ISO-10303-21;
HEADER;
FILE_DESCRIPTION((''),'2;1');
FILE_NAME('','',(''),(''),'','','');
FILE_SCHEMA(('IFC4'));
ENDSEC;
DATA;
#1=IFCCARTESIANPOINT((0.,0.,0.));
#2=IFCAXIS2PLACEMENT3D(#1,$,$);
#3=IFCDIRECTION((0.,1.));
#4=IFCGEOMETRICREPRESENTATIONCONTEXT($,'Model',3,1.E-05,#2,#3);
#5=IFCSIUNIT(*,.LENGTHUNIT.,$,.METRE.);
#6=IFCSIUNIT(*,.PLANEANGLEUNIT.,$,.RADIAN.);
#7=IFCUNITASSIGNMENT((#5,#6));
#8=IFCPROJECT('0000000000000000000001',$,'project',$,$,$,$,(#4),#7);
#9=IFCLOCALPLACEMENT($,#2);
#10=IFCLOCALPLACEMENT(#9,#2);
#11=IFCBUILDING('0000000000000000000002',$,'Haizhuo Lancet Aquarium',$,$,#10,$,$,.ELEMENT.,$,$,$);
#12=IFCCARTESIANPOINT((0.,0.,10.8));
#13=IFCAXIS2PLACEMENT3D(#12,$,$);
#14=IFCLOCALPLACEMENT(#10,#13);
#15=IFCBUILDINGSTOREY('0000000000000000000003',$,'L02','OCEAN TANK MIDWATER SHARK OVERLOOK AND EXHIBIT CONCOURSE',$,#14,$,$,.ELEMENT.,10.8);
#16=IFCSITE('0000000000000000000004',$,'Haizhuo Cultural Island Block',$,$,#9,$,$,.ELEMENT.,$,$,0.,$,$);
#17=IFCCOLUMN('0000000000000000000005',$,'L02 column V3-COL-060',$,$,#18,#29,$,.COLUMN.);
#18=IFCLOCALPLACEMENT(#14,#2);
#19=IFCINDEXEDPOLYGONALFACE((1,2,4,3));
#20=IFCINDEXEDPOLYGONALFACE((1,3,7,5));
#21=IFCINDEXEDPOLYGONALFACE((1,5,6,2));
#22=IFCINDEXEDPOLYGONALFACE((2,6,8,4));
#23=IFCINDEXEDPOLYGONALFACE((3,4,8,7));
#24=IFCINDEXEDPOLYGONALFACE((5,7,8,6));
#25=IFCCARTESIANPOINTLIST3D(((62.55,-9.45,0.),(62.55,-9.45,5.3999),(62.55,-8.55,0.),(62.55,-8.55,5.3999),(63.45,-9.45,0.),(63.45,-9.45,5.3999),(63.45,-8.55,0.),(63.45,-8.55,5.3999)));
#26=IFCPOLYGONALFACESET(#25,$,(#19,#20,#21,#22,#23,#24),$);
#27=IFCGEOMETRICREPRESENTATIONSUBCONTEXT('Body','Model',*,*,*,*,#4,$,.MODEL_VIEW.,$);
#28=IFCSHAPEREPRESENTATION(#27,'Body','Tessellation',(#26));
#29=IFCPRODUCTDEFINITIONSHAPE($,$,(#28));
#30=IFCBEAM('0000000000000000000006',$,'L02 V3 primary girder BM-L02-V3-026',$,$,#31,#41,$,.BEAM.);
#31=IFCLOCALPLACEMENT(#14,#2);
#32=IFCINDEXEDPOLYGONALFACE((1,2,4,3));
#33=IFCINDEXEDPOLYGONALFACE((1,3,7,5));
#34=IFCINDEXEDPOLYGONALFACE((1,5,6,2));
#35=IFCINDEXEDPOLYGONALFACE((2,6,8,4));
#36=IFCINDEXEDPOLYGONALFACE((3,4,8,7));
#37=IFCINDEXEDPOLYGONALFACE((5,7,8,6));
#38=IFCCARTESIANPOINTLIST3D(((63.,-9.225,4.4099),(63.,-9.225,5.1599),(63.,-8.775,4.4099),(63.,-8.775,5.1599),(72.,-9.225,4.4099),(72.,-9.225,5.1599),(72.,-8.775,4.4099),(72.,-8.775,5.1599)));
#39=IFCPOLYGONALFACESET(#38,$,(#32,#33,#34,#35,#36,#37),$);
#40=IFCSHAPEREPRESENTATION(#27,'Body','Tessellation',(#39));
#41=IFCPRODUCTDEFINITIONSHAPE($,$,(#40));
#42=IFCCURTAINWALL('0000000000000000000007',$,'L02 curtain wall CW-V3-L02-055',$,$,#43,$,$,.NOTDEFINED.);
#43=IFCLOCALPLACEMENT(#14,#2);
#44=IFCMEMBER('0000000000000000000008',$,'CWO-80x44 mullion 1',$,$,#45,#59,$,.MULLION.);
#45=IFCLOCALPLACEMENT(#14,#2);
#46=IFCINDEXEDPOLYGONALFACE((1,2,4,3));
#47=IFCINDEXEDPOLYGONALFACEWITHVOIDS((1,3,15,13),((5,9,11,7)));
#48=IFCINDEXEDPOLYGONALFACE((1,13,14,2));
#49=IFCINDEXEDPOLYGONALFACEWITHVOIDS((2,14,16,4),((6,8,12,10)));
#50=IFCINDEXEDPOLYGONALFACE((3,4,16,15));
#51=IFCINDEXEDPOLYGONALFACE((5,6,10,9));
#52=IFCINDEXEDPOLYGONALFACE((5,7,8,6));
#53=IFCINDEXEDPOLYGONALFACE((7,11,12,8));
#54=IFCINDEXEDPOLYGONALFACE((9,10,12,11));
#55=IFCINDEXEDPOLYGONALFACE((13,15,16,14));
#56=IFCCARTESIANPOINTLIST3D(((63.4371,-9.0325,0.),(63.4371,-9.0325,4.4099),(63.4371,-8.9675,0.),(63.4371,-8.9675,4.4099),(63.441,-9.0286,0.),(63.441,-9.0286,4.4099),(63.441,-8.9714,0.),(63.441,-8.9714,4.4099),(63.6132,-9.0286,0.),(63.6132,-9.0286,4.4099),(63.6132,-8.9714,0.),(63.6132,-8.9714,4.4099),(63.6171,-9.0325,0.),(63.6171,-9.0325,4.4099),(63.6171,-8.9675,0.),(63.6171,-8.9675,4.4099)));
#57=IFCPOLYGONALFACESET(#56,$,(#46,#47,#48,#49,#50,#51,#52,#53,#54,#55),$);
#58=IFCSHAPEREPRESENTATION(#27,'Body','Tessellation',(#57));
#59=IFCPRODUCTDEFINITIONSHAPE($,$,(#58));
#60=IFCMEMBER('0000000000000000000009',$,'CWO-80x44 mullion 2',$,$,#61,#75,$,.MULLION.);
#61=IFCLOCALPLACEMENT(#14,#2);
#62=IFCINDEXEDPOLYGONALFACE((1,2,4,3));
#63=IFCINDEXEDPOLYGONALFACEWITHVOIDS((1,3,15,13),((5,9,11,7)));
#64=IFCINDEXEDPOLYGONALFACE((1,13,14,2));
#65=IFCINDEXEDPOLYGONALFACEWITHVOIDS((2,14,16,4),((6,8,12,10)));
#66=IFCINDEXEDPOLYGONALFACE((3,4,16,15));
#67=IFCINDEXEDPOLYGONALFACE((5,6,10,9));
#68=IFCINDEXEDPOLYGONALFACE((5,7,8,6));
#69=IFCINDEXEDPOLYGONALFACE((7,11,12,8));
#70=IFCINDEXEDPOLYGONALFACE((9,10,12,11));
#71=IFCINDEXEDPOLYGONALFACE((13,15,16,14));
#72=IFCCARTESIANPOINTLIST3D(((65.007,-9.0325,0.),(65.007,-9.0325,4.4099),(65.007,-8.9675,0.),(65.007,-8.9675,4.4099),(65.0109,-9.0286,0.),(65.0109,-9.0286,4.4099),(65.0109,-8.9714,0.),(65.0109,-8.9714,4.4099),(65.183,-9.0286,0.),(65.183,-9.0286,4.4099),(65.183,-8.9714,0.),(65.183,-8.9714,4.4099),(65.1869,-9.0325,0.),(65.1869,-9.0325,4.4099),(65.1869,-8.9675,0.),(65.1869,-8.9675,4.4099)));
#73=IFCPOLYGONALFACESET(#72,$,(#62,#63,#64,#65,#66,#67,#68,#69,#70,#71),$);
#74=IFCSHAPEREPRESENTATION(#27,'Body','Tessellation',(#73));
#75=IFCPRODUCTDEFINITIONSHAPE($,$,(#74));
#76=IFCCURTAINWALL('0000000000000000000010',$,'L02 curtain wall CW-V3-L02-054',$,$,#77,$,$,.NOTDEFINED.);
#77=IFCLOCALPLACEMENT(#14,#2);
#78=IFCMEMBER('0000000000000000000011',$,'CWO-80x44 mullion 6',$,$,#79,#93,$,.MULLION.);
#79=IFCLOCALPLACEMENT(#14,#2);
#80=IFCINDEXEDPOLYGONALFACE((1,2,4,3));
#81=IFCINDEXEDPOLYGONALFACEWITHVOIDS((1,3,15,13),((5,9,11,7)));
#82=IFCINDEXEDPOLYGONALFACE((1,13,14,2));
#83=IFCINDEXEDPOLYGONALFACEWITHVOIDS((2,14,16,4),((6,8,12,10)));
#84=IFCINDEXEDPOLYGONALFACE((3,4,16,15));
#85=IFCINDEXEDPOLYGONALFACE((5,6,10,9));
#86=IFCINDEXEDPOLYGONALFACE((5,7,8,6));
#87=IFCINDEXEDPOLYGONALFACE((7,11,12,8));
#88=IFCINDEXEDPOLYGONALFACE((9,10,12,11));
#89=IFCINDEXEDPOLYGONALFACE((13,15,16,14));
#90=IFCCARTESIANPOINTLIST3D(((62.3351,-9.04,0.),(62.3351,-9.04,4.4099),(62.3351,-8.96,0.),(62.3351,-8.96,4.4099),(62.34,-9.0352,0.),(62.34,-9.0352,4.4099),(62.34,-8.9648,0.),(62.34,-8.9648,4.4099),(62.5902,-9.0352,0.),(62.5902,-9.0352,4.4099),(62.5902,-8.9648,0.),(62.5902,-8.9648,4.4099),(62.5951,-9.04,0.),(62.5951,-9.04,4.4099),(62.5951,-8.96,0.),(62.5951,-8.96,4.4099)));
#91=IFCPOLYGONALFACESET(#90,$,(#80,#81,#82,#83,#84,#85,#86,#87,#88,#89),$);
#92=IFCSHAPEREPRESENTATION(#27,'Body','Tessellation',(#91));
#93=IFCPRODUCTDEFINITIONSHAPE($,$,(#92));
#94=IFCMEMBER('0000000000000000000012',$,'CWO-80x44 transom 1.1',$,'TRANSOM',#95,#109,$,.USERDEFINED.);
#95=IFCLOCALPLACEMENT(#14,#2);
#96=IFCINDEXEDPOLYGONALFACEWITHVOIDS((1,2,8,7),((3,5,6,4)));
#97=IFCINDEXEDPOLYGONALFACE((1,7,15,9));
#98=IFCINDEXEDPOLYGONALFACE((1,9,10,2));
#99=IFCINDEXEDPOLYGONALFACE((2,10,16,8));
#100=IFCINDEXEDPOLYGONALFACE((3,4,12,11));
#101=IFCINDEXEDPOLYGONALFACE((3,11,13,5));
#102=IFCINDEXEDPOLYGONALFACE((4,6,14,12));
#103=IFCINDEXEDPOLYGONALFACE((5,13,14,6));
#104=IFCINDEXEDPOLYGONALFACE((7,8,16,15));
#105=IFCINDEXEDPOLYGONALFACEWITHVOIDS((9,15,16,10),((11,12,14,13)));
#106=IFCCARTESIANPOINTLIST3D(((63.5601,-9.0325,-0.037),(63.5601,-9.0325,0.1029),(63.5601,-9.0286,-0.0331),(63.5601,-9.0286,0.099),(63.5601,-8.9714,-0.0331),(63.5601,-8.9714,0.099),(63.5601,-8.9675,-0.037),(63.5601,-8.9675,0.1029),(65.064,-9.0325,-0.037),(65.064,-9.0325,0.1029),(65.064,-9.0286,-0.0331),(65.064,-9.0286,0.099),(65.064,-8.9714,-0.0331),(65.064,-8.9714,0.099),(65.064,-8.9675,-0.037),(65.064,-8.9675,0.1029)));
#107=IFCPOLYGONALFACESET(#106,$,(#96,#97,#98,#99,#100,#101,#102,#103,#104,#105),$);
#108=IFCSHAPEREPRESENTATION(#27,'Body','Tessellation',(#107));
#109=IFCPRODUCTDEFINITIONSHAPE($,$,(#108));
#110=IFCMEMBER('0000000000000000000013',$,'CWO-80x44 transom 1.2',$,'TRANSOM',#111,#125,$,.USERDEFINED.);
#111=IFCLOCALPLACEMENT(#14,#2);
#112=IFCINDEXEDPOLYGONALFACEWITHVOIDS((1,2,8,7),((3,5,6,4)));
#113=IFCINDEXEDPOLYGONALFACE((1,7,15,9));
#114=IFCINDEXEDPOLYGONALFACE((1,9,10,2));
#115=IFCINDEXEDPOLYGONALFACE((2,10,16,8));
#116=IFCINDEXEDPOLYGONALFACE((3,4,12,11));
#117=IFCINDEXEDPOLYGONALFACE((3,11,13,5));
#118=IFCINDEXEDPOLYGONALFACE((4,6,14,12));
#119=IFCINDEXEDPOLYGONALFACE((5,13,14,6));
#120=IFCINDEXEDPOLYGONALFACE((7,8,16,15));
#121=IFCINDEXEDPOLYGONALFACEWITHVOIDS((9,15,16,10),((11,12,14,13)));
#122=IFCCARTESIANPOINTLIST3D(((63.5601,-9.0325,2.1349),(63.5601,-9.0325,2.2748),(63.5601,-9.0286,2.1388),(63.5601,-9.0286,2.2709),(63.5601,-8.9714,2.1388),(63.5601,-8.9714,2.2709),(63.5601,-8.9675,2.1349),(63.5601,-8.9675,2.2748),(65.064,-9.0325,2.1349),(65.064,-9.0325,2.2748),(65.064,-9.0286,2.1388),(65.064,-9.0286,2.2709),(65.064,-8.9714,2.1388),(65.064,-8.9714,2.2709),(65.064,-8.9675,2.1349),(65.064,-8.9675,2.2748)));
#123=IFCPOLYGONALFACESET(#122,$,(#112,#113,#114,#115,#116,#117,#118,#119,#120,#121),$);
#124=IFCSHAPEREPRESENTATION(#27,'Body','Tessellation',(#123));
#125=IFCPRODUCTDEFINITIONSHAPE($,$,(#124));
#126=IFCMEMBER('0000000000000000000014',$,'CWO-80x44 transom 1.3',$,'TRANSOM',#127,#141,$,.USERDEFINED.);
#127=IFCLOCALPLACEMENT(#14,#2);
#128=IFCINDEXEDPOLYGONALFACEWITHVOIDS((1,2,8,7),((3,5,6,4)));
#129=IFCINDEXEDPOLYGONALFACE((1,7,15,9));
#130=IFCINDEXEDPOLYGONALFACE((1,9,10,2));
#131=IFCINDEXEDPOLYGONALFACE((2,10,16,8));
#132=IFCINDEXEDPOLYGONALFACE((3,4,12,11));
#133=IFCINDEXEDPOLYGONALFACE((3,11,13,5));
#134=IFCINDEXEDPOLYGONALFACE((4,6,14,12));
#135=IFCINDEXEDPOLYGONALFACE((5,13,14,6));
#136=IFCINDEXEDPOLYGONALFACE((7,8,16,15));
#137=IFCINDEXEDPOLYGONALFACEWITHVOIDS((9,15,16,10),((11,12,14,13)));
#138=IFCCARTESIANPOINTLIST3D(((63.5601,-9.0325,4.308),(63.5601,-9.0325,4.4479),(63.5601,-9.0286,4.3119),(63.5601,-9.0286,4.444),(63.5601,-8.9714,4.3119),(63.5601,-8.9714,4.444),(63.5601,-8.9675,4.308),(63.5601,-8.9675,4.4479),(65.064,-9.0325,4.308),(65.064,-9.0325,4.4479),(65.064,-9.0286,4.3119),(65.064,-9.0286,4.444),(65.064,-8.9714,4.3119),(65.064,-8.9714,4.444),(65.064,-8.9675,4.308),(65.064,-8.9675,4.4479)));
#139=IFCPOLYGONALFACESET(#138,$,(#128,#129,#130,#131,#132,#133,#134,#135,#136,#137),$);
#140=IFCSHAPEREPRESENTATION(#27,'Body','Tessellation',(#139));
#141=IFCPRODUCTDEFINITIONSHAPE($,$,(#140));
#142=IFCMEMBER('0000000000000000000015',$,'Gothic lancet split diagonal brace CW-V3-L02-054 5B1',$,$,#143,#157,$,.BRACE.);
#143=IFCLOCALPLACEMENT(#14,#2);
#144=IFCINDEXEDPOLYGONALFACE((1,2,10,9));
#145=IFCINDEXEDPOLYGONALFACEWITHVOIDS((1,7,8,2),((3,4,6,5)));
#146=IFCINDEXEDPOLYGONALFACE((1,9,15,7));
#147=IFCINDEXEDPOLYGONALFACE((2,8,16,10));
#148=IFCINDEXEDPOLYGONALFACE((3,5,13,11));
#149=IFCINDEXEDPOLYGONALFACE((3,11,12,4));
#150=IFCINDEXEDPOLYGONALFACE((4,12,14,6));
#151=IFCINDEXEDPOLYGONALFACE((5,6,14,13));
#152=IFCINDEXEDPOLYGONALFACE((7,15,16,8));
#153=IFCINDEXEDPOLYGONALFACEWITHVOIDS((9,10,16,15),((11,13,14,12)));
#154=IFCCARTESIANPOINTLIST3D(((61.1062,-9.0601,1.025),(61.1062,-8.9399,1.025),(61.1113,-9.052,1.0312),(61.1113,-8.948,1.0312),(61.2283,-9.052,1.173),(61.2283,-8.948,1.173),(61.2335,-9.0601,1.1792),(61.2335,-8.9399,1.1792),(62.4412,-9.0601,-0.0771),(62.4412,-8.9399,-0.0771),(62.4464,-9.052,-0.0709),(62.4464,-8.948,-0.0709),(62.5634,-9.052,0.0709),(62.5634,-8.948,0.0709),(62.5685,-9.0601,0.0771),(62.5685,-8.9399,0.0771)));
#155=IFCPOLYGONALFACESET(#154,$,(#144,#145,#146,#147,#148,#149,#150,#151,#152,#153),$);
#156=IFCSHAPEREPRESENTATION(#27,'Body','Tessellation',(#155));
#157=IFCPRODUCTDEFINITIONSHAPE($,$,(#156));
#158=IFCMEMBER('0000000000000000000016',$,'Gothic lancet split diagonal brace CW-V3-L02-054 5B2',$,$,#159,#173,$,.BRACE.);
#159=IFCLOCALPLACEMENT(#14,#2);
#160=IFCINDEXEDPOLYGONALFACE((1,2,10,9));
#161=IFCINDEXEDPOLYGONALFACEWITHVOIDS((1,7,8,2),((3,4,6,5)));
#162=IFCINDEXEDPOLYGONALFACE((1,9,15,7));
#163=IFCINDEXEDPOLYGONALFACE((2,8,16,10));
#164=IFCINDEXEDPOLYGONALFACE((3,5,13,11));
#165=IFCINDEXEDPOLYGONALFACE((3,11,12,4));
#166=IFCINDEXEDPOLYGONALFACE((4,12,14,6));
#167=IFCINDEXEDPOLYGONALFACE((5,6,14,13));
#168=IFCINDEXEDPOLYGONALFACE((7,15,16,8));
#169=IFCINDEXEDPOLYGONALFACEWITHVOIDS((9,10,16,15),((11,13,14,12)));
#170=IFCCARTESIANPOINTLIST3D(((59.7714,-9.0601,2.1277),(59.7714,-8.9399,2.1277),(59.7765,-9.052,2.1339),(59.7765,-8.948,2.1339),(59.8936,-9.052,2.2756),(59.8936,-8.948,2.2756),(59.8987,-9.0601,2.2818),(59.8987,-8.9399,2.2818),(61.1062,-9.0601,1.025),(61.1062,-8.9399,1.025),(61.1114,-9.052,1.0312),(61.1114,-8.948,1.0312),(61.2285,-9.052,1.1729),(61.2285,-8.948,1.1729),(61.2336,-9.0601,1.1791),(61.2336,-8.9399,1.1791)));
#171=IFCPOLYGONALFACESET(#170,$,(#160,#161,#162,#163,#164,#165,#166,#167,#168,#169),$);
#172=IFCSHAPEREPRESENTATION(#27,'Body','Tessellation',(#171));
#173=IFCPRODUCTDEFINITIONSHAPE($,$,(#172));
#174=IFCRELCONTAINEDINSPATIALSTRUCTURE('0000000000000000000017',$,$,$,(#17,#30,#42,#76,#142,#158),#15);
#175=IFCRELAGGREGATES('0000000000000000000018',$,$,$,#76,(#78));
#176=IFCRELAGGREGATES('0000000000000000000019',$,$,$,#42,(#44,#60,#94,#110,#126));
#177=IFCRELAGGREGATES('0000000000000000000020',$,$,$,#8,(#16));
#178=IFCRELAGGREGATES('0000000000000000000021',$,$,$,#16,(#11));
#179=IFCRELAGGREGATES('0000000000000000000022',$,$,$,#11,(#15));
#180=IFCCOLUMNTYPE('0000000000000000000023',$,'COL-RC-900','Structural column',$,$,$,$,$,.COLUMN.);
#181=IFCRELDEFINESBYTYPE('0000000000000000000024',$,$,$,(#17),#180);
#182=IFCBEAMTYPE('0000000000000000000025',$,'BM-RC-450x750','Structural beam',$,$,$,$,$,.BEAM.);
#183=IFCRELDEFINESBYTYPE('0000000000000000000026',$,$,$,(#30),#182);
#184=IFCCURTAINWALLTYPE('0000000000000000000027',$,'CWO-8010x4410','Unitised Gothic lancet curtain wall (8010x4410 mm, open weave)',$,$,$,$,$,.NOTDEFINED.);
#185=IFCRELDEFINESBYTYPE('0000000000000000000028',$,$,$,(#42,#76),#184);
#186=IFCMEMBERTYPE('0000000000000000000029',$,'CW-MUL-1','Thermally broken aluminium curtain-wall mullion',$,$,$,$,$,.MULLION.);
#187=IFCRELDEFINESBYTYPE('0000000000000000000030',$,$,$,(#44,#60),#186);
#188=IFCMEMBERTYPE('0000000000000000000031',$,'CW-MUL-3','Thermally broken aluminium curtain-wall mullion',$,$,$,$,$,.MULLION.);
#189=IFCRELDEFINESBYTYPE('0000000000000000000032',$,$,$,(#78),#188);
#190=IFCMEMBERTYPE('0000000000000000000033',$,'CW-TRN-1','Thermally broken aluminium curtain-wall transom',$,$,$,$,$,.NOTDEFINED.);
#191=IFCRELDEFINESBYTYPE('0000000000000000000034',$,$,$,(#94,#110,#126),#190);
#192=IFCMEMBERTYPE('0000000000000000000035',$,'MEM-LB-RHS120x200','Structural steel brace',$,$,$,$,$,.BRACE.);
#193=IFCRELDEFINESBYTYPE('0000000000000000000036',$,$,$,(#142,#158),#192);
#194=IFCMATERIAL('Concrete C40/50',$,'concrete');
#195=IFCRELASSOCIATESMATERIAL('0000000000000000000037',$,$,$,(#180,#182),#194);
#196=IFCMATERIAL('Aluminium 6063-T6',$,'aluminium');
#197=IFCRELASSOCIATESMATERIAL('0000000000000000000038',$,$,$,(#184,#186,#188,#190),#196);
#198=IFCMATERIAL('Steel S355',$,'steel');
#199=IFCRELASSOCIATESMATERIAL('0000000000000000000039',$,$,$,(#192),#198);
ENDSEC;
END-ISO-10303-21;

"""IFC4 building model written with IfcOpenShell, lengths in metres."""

from ifc_helpers import new_model, si_unit, direction, frame, origin, origin_2d, place, context, subcontext, project, spatial, rectangle, hollow_rectangle, extrude, material, material_profile, profile_set, type_object, element, aggregate, save


model = new_model("IFC4")

# Units and contexts
model_context = context("Model", 3, precision=1e-05, world=origin(), true_north=direction((0.0, 1.0)))
body_context = subcontext(model_context, "Body", "Model", "MODEL_VIEW")
ifc_project = project(units=[si_unit("LENGTHUNIT", "METRE"), si_unit("PLANEANGLEUNIT", "RADIAN")], contexts=[model_context])

# Site, building, storey
site_placement = place(None, origin())
site = spatial("IfcSite", under=ifc_project, at=site_placement, Name="Haizhuo Cultural Island Block", CompositionType="ELEMENT", RefElevation=0.0)
building_placement = place(site_placement, origin())
building = spatial("IfcBuilding", under=site, at=building_placement, Name="Haizhuo Lancet Aquarium", CompositionType="ELEMENT")
storey_placement = place(building_placement, frame((0.0, 0.0, 10.8)))
storey = spatial("IfcBuildingStorey", under=building, at=storey_placement, Name="L02", Description="OCEAN TANK MIDWATER SHARK OVERLOOK AND EXHIBIT CONCOURSE", CompositionType="ELEMENT", Elevation=10.8)

# Column
ifc_material_1 = material(Name="Concrete C40/50", Category="concrete")
ifc_material_profile_1 = material_profile(ifc_material_1, rectangle(XDim=0.8999, YDim=0.8999, at=origin_2d()), Name="RC-COL 900x900")
ifc_profile_set_1 = profile_set([ifc_material_profile_1], Name="Concrete C40/50")
column_type = type_object("IfcColumnType", Name="COL-RC-900", Description="Structural column", PredefinedType="COLUMN", material=ifc_profile_set_1)
column_placement = place(storey_placement, frame((63.0, -9.0, 0.0), z_axis=(0.0, 0.0, 1.0), x_axis=(1.0, 0.0, 0.0)))
element("IfcColumn", 1, at=column_placement, inside=storey, type_object=column_type, Name="L02 column V3-COL-060", PredefinedType="COLUMN", context=body_context, shape_type="SweptSolid", body=[
    extrude(rectangle(XDim=0.8999, YDim=0.8999, at=origin_2d()), origin(), (0.0, 0.0, 1.0), 5.3999),
])

# Beam
ifc_material_profile_2 = material_profile(ifc_material_1, rectangle(XDim=0.45, YDim=0.75, at=origin_2d()), Name="RC-BM 450x750")
ifc_profile_set_2 = profile_set([ifc_material_profile_2], Name="Concrete C40/50")
beam_type = type_object("IfcBeamType", Name="BM-RC-450x750", Description="Structural beam", PredefinedType="BEAM", material=ifc_profile_set_2)
beam_placement = place(storey_placement, frame((63.0, -9.0, 4.7849), z_axis=(1.0, 0.0, 0.0), x_axis=(0.0, 1.0, 0.0)))
element("IfcBeam", 2, at=beam_placement, inside=storey, type_object=beam_type, Name="L02 V3 primary girder BM-L02-V3-026", PredefinedType="BEAM", context=body_context, shape_type="SweptSolid", body=[
    extrude(rectangle(XDim=0.45, YDim=0.75, at=origin_2d()), origin(), (0.0, 0.0, 1.0), 9.0),
])

# Curtain wall, members
ifc_material_2 = material(Name="Aluminium 6063-T6", Category="aluminium")
curtain_wall_type = type_object("IfcCurtainWallType", Name="CWO-8010x4410", Description="Unitised Gothic lancet curtain wall (8010x4410 mm, open weave)", PredefinedType="NOTDEFINED", material=ifc_material_2)
curtain_wall_1_placement = place(storey_placement, origin())
curtain_wall_1 = element("IfcCurtainWall", 3, at=curtain_wall_1_placement, inside=storey, type_object=curtain_wall_type, Name="L02 curtain wall CW-V3-L02-055", PredefinedType="NOTDEFINED")
ifc_material_profile_3 = material_profile(ifc_material_2, hollow_rectangle(XDim=0.0649, YDim=0.1799, WallThickness=0.0039, at=origin_2d()), Name="ALU-M 65x180x4")
ifc_profile_set_3 = profile_set([ifc_material_profile_3], Name="Aluminium 6063-T6")
member_type_1 = type_object("IfcMemberType", Name="CW-MUL-1", Description="Thermally broken aluminium curtain-wall mullion", PredefinedType="MULLION", material=ifc_profile_set_3)
member_1_placement = place(storey_placement, frame((63.5271, -9.0, 0.0), z_axis=(0.0, 0.0, 1.0), x_axis=(0.0, 1.0, 0.0)))
member_1 = element("IfcMember", 4, at=member_1_placement, type_object=member_type_1, Name="CWO-80x44 mullion 1", PredefinedType="MULLION", context=body_context, shape_type="SweptSolid", body=[
    extrude(hollow_rectangle(XDim=0.0649, YDim=0.1799, WallThickness=0.0039, at=origin_2d()), origin(), (0.0, 0.0, 1.0), 4.4099),
])
member_2_placement = place(storey_placement, frame((65.0969, -9.0, 0.0), z_axis=(0.0, 0.0, 1.0), x_axis=(0.0, 1.0, 0.0)))
member_2 = element("IfcMember", 5, at=member_2_placement, type_object=member_type_1, Name="CWO-80x44 mullion 2", PredefinedType="MULLION", context=body_context, shape_type="SweptSolid", body=[
    extrude(hollow_rectangle(XDim=0.0649, YDim=0.1799, WallThickness=0.0039, at=origin_2d()), origin(), (0.0, 0.0, 1.0), 4.4099),
])

# Curtain wall, member
curtain_wall_2_placement = place(storey_placement, origin())
curtain_wall_2 = element("IfcCurtainWall", 6, at=curtain_wall_2_placement, inside=storey, type_object=curtain_wall_type, Name="L02 curtain wall CW-V3-L02-054", PredefinedType="NOTDEFINED")
ifc_material_profile_4 = material_profile(ifc_material_2, hollow_rectangle(XDim=0.0801, YDim=0.26, WallThickness=0.0049, at=origin_2d()), Name="ALU-M 80x260x5")
ifc_profile_set_4 = profile_set([ifc_material_profile_4], Name="Aluminium 6063-T6")
member_type_2 = type_object("IfcMemberType", Name="CW-MUL-3", Description="Thermally broken aluminium curtain-wall mullion", PredefinedType="MULLION", material=ifc_profile_set_4)
member_3_placement = place(storey_placement, frame((62.4651, -9.0, 0.0), z_axis=(0.0, 0.0, 1.0), x_axis=(0.0, 1.0, 0.0)))
member_3 = element("IfcMember", 7, at=member_3_placement, type_object=member_type_2, Name="CWO-80x44 mullion 6", PredefinedType="MULLION", context=body_context, shape_type="SweptSolid", body=[
    extrude(hollow_rectangle(XDim=0.0801, YDim=0.26, WallThickness=0.0049, at=origin_2d()), origin(), (0.0, 0.0, 1.0), 4.4099),
])

# Members
ifc_material_profile_5 = material_profile(ifc_material_2, hollow_rectangle(XDim=0.0649, YDim=0.1399, WallThickness=0.0039, at=origin_2d()), Name="ALU-T 65x140x4")
ifc_profile_set_5 = profile_set([ifc_material_profile_5], Name="Aluminium 6063-T6")
member_type_3 = type_object("IfcMemberType", Name="CW-TRN-1", Description="Thermally broken aluminium curtain-wall transom", PredefinedType="NOTDEFINED", material=ifc_profile_set_5)
member_4_placement = place(storey_placement, frame((63.5601, -9.0, 0.033), z_axis=(1.0, 0.0, 0.0), x_axis=(0.0, 1.0, 0.0)))
member_4 = element("IfcMember", 8, at=member_4_placement, type_object=member_type_3, Name="CWO-80x44 transom 1.1", ObjectType="TRANSOM", PredefinedType="USERDEFINED", context=body_context, shape_type="SweptSolid", body=[
    extrude(hollow_rectangle(XDim=0.0649, YDim=0.1399, WallThickness=0.0039, at=origin_2d()), origin(), (0.0, 0.0, 1.0), 1.5039),
])
member_5_placement = place(storey_placement, frame((63.5601, -9.0, 2.2048), z_axis=(1.0, 0.0, 0.0), x_axis=(0.0, 1.0, 0.0)))
member_5 = element("IfcMember", 9, at=member_5_placement, type_object=member_type_3, Name="CWO-80x44 transom 1.2", ObjectType="TRANSOM", PredefinedType="USERDEFINED", context=body_context, shape_type="SweptSolid", body=[
    extrude(hollow_rectangle(XDim=0.0649, YDim=0.1399, WallThickness=0.0039, at=origin_2d()), origin(), (0.0, 0.0, 1.0), 1.5039),
])
member_6_placement = place(storey_placement, frame((63.5601, -9.0, 4.3779), z_axis=(1.0, 0.0, 0.0), x_axis=(0.0, 1.0, 0.0)))
member_6 = element("IfcMember", 10, at=member_6_placement, type_object=member_type_3, Name="CWO-80x44 transom 1.3", ObjectType="TRANSOM", PredefinedType="USERDEFINED", context=body_context, shape_type="SweptSolid", body=[
    extrude(hollow_rectangle(XDim=0.0649, YDim=0.1399, WallThickness=0.0039, at=origin_2d()), origin(), (0.0, 0.0, 1.0), 1.5039),
])

# Members
ifc_material_3 = material(Name="Steel S355", Category="steel")
ifc_material_profile_6 = material_profile(ifc_material_3, hollow_rectangle(XDim=0.1201, YDim=0.2, WallThickness=0.0081, at=origin_2d()), Name="RHS 120x200x8")
ifc_profile_set_6 = profile_set([ifc_material_profile_6], Name="Steel S355")
member_type_4 = type_object("IfcMemberType", Name="MEM-LB-RHS120x200", Description="Structural steel brace", PredefinedType="BRACE", material=ifc_profile_set_6)
member_7_placement = place(storey_placement, frame((62.5049, -9.0, 0.0), z_axis=(-0.771172, 0.0, 0.636626), x_axis=(0.0, -1.0, 0.0)))
element("IfcMember", 11, at=member_7_placement, inside=storey, type_object=member_type_4, Name="Gothic lancet split diagonal brace CW-V3-L02-054 5B1", PredefinedType="BRACE", context=body_context, shape_type="SweptSolid", body=[
    extrude(hollow_rectangle(XDim=0.1201, YDim=0.2, WallThickness=0.0081, at=origin_2d()), origin(), (0.0, 0.0, 1.0), 1.7312),
])
member_8_placement = place(storey_placement, frame((61.1699, -9.0, 1.1021), z_axis=(-0.770965, 0.0, 0.636878), x_axis=(0.0, -1.0, 0.0)))
element("IfcMember", 12, at=member_8_placement, inside=storey, type_object=member_type_4, Name="Gothic lancet split diagonal brace CW-V3-L02-054 5B2", PredefinedType="BRACE", context=body_context, shape_type="SweptSolid", body=[
    extrude(hollow_rectangle(XDim=0.1201, YDim=0.2, WallThickness=0.0081, at=origin_2d()), origin(), (0.0, 0.0, 1.0), 1.7314),
])

aggregate(curtain_wall_2, [member_3])
aggregate(curtain_wall_1, [member_1, member_2, member_4, member_5, member_6])

save(model, "model.ifc")
